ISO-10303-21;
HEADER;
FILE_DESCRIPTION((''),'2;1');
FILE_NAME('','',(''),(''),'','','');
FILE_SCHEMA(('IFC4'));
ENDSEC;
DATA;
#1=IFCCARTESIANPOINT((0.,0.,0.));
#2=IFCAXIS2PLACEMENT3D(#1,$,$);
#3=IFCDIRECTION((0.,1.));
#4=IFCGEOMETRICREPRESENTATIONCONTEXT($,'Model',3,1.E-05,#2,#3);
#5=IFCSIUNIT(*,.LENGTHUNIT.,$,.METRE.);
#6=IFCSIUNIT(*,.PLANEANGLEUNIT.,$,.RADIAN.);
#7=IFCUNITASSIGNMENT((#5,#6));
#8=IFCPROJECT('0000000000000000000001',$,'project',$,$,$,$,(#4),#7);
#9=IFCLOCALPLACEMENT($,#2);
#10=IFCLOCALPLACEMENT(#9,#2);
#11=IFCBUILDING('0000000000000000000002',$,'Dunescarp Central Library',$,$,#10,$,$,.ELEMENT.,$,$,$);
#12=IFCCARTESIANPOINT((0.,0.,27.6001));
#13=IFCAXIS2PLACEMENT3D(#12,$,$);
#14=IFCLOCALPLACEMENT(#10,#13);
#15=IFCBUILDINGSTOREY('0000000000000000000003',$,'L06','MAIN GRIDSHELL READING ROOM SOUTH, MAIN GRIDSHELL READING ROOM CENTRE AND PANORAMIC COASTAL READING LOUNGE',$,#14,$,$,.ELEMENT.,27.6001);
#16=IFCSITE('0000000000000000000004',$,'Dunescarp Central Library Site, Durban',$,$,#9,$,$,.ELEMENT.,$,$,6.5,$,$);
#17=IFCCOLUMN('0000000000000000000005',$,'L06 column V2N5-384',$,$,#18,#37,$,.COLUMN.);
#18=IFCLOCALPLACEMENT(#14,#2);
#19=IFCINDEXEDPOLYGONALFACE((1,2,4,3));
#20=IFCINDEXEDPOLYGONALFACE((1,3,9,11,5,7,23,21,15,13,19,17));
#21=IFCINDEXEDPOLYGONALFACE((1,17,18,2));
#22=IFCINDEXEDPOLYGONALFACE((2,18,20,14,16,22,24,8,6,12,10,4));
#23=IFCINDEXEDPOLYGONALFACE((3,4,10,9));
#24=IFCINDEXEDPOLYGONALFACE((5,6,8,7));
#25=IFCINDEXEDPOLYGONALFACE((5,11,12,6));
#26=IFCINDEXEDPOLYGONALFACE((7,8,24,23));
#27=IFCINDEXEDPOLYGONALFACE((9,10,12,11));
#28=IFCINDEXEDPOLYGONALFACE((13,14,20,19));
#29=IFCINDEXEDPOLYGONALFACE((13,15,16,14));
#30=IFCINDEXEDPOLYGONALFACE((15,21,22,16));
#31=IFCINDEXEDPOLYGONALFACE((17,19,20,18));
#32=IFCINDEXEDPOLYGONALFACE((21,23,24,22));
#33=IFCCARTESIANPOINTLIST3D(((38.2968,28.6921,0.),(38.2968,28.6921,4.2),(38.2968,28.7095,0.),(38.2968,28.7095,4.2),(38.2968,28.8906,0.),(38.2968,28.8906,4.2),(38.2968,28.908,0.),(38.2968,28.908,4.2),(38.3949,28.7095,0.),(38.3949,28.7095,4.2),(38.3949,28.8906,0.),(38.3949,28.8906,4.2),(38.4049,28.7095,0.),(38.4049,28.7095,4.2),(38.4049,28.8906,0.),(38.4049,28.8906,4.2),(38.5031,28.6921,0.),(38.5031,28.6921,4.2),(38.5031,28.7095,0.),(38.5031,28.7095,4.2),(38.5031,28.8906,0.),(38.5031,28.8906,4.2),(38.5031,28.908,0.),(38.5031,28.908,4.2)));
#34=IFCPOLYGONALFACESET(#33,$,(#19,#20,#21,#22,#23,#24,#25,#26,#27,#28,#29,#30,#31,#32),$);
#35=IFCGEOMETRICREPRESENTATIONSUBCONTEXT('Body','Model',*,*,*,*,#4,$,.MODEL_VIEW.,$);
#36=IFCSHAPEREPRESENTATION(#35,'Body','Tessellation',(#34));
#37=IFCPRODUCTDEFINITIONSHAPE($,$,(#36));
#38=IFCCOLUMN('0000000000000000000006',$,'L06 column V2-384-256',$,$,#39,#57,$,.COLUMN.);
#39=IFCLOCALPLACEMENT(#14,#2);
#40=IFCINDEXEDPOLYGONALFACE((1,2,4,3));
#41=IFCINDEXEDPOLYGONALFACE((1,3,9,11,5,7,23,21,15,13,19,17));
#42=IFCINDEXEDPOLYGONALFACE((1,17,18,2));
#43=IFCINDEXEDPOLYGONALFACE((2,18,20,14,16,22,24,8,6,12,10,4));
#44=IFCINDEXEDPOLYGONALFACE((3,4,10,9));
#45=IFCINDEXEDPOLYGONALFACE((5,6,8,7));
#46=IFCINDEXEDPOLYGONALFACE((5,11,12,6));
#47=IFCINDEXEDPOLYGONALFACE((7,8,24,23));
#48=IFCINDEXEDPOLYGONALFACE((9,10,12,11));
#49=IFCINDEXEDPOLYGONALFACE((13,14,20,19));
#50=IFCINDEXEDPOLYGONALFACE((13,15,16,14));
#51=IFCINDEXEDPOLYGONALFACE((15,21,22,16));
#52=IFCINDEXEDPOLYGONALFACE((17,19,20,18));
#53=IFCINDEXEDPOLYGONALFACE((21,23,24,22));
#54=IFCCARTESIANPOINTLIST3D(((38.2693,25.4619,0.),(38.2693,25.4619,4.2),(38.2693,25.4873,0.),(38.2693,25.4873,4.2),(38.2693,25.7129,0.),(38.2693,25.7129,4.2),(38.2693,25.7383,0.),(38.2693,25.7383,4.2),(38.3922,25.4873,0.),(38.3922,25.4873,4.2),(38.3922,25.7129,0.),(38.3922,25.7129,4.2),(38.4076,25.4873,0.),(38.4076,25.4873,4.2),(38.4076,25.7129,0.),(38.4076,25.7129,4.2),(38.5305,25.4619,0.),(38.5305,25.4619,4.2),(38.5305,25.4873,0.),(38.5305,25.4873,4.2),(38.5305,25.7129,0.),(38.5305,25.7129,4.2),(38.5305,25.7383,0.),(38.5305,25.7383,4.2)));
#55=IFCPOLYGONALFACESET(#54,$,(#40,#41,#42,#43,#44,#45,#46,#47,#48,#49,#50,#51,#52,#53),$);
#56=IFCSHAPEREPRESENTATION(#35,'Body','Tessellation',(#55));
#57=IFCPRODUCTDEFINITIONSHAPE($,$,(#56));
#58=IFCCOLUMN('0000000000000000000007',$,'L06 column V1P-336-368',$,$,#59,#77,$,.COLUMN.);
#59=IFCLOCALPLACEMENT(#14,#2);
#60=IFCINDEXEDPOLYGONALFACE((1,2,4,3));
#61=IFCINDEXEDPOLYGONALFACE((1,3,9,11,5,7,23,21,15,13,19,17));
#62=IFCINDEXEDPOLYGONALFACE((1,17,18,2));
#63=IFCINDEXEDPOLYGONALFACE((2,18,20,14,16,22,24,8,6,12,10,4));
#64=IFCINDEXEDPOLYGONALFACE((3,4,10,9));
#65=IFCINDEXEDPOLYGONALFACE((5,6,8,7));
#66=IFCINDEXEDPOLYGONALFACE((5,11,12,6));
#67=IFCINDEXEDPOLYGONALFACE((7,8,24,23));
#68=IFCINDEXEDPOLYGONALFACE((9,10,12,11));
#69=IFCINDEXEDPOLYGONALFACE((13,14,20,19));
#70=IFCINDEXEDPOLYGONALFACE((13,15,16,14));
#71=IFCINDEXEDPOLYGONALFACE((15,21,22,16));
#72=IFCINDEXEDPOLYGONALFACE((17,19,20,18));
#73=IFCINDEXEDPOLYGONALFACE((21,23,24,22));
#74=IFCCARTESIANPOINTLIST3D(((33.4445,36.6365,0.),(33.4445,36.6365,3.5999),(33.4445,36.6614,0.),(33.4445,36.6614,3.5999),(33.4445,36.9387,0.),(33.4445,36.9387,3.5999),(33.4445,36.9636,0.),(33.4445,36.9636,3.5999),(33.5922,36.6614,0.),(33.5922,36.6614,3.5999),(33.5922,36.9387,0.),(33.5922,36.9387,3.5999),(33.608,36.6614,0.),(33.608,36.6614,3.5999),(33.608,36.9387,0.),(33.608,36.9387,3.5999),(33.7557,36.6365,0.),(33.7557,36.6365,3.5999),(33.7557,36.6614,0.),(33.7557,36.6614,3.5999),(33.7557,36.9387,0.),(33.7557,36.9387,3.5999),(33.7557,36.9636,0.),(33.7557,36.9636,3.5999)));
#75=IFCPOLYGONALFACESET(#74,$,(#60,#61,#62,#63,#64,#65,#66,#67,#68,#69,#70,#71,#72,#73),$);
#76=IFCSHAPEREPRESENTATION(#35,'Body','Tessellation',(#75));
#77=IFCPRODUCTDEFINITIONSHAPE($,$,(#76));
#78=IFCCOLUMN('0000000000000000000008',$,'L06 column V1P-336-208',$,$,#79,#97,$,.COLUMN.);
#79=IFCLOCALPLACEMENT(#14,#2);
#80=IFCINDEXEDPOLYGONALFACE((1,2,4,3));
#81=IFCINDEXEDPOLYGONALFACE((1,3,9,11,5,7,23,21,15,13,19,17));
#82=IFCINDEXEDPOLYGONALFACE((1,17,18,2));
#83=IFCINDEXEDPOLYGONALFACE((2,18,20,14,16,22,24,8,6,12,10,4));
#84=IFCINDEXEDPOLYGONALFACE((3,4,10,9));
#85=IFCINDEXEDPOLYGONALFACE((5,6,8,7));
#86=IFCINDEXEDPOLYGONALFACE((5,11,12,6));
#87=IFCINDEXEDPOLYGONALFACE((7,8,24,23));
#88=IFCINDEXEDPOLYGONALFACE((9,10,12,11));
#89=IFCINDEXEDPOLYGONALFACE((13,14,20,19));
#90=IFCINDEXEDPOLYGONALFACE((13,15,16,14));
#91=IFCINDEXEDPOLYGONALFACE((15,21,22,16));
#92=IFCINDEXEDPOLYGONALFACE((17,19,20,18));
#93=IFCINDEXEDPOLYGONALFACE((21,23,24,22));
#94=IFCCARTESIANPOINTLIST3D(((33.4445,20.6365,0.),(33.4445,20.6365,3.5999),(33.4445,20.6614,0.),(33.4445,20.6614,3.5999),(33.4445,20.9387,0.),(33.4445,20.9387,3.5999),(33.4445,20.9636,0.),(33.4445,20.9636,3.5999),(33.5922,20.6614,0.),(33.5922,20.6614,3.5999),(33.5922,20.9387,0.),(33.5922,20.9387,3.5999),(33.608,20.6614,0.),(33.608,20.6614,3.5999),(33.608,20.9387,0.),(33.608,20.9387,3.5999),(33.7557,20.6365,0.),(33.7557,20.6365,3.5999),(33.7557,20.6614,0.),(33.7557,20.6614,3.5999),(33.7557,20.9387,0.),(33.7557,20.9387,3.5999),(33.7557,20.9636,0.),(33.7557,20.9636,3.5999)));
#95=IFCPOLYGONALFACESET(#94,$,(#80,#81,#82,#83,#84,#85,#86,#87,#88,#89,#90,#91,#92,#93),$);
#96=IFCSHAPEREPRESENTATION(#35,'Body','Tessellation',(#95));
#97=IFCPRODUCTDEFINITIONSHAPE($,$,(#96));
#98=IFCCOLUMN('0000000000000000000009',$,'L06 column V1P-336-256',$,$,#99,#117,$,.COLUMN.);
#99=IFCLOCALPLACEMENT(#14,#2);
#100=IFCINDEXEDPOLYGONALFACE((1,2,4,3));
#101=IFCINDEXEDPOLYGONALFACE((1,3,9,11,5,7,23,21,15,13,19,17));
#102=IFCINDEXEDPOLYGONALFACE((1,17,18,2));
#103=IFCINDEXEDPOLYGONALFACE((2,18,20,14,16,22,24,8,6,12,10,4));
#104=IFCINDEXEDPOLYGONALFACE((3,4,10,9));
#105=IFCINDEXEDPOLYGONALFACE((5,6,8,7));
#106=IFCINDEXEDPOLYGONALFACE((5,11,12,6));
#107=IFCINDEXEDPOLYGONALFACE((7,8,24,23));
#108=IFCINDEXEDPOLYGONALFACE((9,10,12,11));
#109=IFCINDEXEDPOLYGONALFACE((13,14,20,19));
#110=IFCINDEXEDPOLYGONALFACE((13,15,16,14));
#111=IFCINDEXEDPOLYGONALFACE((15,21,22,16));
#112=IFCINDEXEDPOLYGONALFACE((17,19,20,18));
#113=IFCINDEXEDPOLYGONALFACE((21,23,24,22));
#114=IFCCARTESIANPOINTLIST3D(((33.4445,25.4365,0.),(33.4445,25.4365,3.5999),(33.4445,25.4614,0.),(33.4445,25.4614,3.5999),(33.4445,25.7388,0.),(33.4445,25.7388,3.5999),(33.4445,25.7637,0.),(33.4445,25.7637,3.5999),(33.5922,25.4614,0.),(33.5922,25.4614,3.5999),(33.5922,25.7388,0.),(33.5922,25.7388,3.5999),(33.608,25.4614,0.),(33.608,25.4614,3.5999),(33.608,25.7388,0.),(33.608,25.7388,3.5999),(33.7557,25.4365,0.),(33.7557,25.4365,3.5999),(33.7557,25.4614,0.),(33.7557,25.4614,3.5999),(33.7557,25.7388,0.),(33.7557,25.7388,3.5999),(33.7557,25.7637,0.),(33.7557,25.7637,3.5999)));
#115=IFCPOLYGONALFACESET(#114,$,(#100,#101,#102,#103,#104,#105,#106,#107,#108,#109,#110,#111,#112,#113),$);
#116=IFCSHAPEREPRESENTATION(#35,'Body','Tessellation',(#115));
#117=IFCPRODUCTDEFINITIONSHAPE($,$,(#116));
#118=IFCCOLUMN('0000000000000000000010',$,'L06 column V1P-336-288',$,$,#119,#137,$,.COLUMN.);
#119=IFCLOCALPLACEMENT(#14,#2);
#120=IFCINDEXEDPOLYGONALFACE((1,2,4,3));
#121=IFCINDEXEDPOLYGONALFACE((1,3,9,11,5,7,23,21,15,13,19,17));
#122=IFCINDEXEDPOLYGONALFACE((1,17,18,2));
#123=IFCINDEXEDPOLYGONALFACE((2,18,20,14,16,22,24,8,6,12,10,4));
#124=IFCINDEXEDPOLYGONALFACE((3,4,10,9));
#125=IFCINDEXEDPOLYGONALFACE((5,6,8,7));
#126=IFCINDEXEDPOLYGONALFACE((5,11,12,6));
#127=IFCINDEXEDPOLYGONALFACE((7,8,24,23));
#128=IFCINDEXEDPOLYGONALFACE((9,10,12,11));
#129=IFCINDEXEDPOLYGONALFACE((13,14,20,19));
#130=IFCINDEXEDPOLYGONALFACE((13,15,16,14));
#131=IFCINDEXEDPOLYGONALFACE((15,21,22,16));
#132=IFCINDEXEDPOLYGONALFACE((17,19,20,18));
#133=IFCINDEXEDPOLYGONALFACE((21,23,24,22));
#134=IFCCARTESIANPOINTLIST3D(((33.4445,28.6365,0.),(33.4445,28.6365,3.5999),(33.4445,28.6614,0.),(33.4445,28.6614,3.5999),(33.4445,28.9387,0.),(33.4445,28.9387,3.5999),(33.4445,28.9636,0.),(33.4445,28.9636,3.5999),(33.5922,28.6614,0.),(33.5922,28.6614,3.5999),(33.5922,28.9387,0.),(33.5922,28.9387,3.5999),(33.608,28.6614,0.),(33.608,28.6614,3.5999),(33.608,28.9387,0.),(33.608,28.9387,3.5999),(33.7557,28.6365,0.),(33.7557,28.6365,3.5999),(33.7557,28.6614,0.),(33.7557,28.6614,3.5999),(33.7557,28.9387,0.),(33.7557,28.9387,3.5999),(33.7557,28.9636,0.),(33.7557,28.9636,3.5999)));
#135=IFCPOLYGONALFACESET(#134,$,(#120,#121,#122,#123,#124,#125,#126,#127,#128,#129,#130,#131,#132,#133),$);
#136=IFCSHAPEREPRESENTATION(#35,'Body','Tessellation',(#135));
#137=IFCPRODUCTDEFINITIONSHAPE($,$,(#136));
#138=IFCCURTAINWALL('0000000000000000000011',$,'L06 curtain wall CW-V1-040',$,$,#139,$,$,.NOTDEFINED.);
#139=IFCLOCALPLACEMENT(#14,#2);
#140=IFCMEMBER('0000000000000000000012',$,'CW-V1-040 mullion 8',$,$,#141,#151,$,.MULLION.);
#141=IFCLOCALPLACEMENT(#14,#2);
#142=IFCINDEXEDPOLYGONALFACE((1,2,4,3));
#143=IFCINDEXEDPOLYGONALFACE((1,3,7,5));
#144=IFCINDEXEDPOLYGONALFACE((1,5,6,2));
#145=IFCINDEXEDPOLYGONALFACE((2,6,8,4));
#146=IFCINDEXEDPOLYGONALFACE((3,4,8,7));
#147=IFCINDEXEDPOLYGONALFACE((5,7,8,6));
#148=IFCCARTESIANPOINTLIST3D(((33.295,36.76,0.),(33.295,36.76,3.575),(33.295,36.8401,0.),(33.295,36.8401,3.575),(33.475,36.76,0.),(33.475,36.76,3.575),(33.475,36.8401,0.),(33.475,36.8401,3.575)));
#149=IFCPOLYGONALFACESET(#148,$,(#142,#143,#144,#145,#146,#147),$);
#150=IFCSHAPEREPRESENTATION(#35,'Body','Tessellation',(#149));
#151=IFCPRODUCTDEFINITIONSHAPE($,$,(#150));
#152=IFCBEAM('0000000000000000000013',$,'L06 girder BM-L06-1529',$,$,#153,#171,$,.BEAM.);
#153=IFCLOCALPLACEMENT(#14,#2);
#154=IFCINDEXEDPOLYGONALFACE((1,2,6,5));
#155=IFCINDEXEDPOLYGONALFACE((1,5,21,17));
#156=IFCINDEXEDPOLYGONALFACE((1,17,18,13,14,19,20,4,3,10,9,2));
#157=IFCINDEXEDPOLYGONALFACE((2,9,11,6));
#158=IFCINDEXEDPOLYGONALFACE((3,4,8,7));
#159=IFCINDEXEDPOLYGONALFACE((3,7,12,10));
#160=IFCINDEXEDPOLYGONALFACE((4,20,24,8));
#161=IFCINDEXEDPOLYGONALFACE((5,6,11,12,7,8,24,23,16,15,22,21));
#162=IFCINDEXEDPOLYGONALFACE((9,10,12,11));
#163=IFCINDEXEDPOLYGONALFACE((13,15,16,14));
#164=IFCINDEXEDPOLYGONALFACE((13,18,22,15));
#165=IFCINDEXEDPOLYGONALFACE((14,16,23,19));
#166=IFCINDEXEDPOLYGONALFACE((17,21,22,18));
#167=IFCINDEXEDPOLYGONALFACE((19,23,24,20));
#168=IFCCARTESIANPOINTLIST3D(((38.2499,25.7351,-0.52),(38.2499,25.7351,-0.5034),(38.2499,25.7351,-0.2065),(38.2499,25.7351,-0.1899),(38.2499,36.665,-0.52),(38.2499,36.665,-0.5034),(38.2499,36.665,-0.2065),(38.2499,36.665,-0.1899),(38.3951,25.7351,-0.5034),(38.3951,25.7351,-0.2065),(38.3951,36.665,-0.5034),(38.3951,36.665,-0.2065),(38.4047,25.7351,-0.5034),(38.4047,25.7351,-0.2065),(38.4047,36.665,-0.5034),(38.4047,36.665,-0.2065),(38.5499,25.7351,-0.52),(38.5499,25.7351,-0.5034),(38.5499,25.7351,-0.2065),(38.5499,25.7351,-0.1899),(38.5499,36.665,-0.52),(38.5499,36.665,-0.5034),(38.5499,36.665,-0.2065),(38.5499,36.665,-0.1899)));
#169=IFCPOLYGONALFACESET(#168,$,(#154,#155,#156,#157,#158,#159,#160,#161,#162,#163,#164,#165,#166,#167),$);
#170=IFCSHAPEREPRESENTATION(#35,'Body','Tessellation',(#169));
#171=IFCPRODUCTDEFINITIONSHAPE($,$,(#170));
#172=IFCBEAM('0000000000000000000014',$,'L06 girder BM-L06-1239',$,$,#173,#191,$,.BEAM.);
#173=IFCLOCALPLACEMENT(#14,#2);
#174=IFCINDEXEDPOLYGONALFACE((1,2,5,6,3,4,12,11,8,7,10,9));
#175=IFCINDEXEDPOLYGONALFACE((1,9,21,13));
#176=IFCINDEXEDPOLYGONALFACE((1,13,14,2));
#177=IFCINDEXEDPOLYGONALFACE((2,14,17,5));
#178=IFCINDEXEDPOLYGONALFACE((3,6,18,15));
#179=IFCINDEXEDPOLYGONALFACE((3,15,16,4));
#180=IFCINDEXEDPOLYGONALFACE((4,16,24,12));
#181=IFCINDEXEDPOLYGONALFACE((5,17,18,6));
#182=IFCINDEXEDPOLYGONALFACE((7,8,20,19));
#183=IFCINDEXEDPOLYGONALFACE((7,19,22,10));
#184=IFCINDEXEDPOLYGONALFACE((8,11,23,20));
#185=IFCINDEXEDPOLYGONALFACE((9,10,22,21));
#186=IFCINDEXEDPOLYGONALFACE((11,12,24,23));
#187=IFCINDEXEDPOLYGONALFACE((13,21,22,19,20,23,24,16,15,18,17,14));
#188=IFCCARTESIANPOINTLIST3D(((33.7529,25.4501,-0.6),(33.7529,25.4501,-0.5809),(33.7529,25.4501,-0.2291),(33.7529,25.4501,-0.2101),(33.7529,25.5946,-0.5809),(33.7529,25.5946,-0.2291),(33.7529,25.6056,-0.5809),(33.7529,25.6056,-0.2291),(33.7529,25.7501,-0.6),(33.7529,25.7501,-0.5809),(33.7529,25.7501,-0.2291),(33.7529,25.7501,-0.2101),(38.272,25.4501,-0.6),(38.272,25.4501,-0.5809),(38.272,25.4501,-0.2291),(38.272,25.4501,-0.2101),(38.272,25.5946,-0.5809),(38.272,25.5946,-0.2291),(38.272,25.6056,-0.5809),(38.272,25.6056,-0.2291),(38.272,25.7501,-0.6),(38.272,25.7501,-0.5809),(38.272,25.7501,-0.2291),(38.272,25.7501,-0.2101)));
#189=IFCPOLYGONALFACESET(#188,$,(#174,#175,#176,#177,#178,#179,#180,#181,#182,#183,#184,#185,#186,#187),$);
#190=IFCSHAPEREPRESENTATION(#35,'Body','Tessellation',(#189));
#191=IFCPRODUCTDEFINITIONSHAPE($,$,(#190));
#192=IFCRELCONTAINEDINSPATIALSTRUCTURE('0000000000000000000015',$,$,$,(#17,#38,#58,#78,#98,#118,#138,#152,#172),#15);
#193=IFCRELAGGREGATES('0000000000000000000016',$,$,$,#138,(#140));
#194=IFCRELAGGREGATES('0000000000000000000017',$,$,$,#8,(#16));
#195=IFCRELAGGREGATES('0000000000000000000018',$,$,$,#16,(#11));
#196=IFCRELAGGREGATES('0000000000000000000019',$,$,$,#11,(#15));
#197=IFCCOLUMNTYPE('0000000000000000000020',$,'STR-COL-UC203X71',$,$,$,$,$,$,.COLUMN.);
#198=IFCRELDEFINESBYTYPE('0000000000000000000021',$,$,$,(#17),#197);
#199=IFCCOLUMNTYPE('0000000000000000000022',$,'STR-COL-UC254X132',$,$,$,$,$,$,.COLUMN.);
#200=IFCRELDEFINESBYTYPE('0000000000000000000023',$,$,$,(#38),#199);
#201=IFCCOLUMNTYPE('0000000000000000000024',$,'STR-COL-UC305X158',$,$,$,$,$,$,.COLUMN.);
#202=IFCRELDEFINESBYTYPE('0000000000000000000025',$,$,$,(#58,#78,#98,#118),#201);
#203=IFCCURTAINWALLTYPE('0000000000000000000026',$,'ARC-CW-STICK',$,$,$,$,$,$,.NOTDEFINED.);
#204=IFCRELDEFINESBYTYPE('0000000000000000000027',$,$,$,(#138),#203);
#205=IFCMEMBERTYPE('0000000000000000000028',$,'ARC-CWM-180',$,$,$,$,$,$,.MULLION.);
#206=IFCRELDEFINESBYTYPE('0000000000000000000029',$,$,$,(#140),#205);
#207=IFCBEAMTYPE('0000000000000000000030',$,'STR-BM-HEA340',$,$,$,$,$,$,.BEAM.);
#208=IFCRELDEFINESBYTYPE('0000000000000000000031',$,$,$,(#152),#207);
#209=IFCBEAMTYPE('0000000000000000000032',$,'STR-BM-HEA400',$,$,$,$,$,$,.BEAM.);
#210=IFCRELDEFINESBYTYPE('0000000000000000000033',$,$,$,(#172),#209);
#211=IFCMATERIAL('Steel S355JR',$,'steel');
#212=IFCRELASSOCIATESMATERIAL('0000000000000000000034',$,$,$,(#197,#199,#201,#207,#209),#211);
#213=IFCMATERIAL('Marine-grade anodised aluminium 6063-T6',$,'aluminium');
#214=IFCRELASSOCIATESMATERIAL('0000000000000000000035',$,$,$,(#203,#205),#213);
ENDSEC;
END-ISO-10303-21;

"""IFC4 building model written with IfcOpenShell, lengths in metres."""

from ifc_helpers import new_model, si_unit, direction, frame, origin, origin_2d, place, context, subcontext, project, spatial, rectangle, i_section, extrude, material, material_profile, profile_set, type_object, element, aggregate, save


model = new_model("IFC4")

# Units and contexts
model_context = context("Model", 3, precision=1e-05, world=origin(), true_north=direction((0.0, 1.0)))
body_context = subcontext(model_context, "Body", "Model", "MODEL_VIEW")
ifc_project = project(units=[si_unit("LENGTHUNIT", "METRE"), si_unit("PLANEANGLEUNIT", "RADIAN")], contexts=[model_context])

# Site, building, storey
site_placement = place(None, origin())
site = spatial("IfcSite", under=ifc_project, at=site_placement, Name="Dunescarp Central Library Site, Durban", CompositionType="ELEMENT", RefElevation=6.5)
building_placement = place(site_placement, origin())
building = spatial("IfcBuilding", under=site, at=building_placement, Name="Dunescarp Central Library", CompositionType="ELEMENT")
storey_placement = place(building_placement, frame((0.0, 0.0, 27.6001)))
storey = spatial("IfcBuildingStorey", under=building, at=storey_placement, Name="L06", Description="MAIN GRIDSHELL READING ROOM SOUTH, MAIN GRIDSHELL READING ROOM CENTRE AND PANORAMIC COASTAL READING LOUNGE", CompositionType="ELEMENT", Elevation=27.6001)

# Columns
ifc_material_1 = material(Name="Steel S355JR", Category="steel")
ifc_material_profile_1 = material_profile(ifc_material_1, i_section(OverallWidth=0.2063, OverallDepth=0.2158, WebThickness=0.01, FlangeThickness=0.0173, at=origin_2d()), Name="UC 203x203x71")
ifc_profile_set_1 = profile_set([ifc_material_profile_1], Name="Steel S355JR")
column_type_1 = type_object("IfcColumnType", Name="STR-COL-UC203X71", PredefinedType="COLUMN", material=ifc_profile_set_1)
column_1_placement = place(storey_placement, frame((38.3999, 28.8, 0.0), z_axis=(0.0, 0.0, 1.0), x_axis=(1.0, 0.0, 0.0)))
element("IfcColumn", 1, at=column_1_placement, inside=storey, type_object=column_type_1, Name="L06 column V2N5-384", PredefinedType="COLUMN", context=body_context, shape_type="SweptSolid", body=[
    extrude(i_section(OverallWidth=0.2063, OverallDepth=0.2158, WebThickness=0.01, FlangeThickness=0.0173, at=origin_2d()), origin(), (0.0, 0.0, 1.0), 4.2),
])
ifc_material_profile_2 = material_profile(ifc_material_1, i_section(OverallWidth=0.2612, OverallDepth=0.2764, WebThickness=0.0154, FlangeThickness=0.0254, at=origin_2d()), Name="UC 254x254x132")
ifc_profile_set_2 = profile_set([ifc_material_profile_2], Name="Steel S355JR")
column_type_2 = type_object("IfcColumnType", Name="STR-COL-UC254X132", PredefinedType="COLUMN", material=ifc_profile_set_2)
column_2_placement = place(storey_placement, frame((38.3999, 25.6001, 0.0), z_axis=(0.0, 0.0, 1.0), x_axis=(1.0, 0.0, 0.0)))
element("IfcColumn", 2, at=column_2_placement, inside=storey, type_object=column_type_2, Name="L06 column V2-384-256", PredefinedType="COLUMN", context=body_context, shape_type="SweptSolid", body=[
    extrude(i_section(OverallWidth=0.2612, OverallDepth=0.2764, WebThickness=0.0154, FlangeThickness=0.0254, at=origin_2d()), origin(), (0.0, 0.0, 1.0), 4.2),
])
ifc_material_profile_3 = material_profile(ifc_material_1, i_section(OverallWidth=0.3113, OverallDepth=0.3271, WebThickness=0.0159, FlangeThickness=0.0249, at=origin_2d()), Name="UC 305x305x158")
ifc_profile_set_3 = profile_set([ifc_material_profile_3], Name="Steel S355JR")
column_type_3 = type_object("IfcColumnType", Name="STR-COL-UC305X158", PredefinedType="COLUMN", material=ifc_profile_set_3)
for number, where, z_axis, x_axis, name in (
    (3, (33.6001, 36.8, 0.0), (0.0, 0.0, 1.0), (1.0, 0.0, 0.0), "L06 column V1P-336-368"),
    (4, (33.6001, 20.8, 0.0), (0.0, 0.0, 1.0), (1.0, 0.0, 0.0), "L06 column V1P-336-208"),
    (5, (33.6001, 25.6001, 0.0), (0.0, 0.0, 1.0), (1.0, 0.0, 0.0), "L06 column V1P-336-256"),
    (6, (33.6001, 28.8, 0.0), (0.0, 0.0, 1.0), (1.0, 0.0, 0.0), "L06 column V1P-336-288"),
):
    element("IfcColumn", number, at=place(storey_placement, frame(where, z_axis=z_axis, x_axis=x_axis)), inside=storey, type_object=column_type_3, Name=name, PredefinedType="COLUMN", context=body_context, shape_type="SweptSolid", body=[
        extrude(i_section(OverallWidth=0.3113, OverallDepth=0.3271, WebThickness=0.0159, FlangeThickness=0.0249, at=origin_2d()), origin(), (0.0, 0.0, 1.0), 3.5999),
    ])

# Curtain wall, member
ifc_material_2 = material(Name="Marine-grade anodised aluminium 6063-T6", Category="aluminium")
curtain_wall_type = type_object("IfcCurtainWallType", Name="ARC-CW-STICK", PredefinedType="NOTDEFINED", material=ifc_material_2)
curtain_wall_placement = place(storey_placement, origin())
curtain_wall = element("IfcCurtainWall", 7, at=curtain_wall_placement, inside=storey, type_object=curtain_wall_type, Name="L06 curtain wall CW-V1-040", PredefinedType="NOTDEFINED")
ifc_material_profile_4 = material_profile(ifc_material_2, rectangle(XDim=0.0801, YDim=0.1799, at=origin_2d()), Name="AL 80x180")
ifc_profile_set_4 = profile_set([ifc_material_profile_4], Name="Marine-grade anodised aluminium 6063-T6")
member_type = type_object("IfcMemberType", Name="ARC-CWM-180", PredefinedType="MULLION", material=ifc_profile_set_4)
member_placement = place(storey_placement, frame((33.385, 36.8, 0.0), z_axis=(0.0, 0.0, 1.0), x_axis=(0.0, 1.0, 0.0)))
member = element("IfcMember", 8, at=member_placement, type_object=member_type, Name="CW-V1-040 mullion 8", PredefinedType="MULLION", context=body_context, shape_type="SweptSolid", body=[
    extrude(rectangle(XDim=0.0801, YDim=0.1799, at=origin_2d()), origin(), (0.0, 0.0, 1.0), 3.575),
])

# Beams
ifc_material_profile_5 = material_profile(ifc_material_1, i_section(OverallWidth=0.3, OverallDepth=0.3301, WebThickness=0.0095, FlangeThickness=0.0166, at=origin_2d()), Name="HEA 340")
ifc_profile_set_5 = profile_set([ifc_material_profile_5], Name="Steel S355JR")
beam_type_1 = type_object("IfcBeamType", Name="STR-BM-HEA340", PredefinedType="BEAM", material=ifc_profile_set_5)
beam_1_placement = place(storey_placement, frame((38.3999, 25.7351, -0.355), z_axis=(0.0, 1.0, 0.0), x_axis=(-1.0, 0.0, 0.0)))
element("IfcBeam", 9, at=beam_1_placement, inside=storey, type_object=beam_type_1, Name="L06 girder BM-L06-1529", PredefinedType="BEAM", context=body_context, shape_type="SweptSolid", body=[
    extrude(i_section(OverallWidth=0.3, OverallDepth=0.3301, WebThickness=0.0095, FlangeThickness=0.0166, at=origin_2d()), origin(), (0.0, 0.0, 1.0), 10.9299),
])
ifc_material_profile_6 = material_profile(ifc_material_1, i_section(OverallWidth=0.3, OverallDepth=0.3899, WebThickness=0.011, FlangeThickness=0.019, at=origin_2d()), Name="HEA 400")
ifc_profile_set_6 = profile_set([ifc_material_profile_6], Name="Steel S355JR")
beam_type_2 = type_object("IfcBeamType", Name="STR-BM-HEA400", PredefinedType="BEAM", material=ifc_profile_set_6)
beam_2_placement = place(storey_placement, frame((33.7529, 25.6001, -0.405), z_axis=(1.0, 0.0, 0.0), x_axis=(0.0, 1.0, 0.0)))
element("IfcBeam", 10, at=beam_2_placement, inside=storey, type_object=beam_type_2, Name="L06 girder BM-L06-1239", PredefinedType="BEAM", context=body_context, shape_type="SweptSolid", body=[
    extrude(i_section(OverallWidth=0.3, OverallDepth=0.3899, WebThickness=0.011, FlangeThickness=0.019, at=origin_2d()), origin(), (0.0, 0.0, 1.0), 4.519),
])

aggregate(curtain_wall, [member])

save(model, "model.ifc")
